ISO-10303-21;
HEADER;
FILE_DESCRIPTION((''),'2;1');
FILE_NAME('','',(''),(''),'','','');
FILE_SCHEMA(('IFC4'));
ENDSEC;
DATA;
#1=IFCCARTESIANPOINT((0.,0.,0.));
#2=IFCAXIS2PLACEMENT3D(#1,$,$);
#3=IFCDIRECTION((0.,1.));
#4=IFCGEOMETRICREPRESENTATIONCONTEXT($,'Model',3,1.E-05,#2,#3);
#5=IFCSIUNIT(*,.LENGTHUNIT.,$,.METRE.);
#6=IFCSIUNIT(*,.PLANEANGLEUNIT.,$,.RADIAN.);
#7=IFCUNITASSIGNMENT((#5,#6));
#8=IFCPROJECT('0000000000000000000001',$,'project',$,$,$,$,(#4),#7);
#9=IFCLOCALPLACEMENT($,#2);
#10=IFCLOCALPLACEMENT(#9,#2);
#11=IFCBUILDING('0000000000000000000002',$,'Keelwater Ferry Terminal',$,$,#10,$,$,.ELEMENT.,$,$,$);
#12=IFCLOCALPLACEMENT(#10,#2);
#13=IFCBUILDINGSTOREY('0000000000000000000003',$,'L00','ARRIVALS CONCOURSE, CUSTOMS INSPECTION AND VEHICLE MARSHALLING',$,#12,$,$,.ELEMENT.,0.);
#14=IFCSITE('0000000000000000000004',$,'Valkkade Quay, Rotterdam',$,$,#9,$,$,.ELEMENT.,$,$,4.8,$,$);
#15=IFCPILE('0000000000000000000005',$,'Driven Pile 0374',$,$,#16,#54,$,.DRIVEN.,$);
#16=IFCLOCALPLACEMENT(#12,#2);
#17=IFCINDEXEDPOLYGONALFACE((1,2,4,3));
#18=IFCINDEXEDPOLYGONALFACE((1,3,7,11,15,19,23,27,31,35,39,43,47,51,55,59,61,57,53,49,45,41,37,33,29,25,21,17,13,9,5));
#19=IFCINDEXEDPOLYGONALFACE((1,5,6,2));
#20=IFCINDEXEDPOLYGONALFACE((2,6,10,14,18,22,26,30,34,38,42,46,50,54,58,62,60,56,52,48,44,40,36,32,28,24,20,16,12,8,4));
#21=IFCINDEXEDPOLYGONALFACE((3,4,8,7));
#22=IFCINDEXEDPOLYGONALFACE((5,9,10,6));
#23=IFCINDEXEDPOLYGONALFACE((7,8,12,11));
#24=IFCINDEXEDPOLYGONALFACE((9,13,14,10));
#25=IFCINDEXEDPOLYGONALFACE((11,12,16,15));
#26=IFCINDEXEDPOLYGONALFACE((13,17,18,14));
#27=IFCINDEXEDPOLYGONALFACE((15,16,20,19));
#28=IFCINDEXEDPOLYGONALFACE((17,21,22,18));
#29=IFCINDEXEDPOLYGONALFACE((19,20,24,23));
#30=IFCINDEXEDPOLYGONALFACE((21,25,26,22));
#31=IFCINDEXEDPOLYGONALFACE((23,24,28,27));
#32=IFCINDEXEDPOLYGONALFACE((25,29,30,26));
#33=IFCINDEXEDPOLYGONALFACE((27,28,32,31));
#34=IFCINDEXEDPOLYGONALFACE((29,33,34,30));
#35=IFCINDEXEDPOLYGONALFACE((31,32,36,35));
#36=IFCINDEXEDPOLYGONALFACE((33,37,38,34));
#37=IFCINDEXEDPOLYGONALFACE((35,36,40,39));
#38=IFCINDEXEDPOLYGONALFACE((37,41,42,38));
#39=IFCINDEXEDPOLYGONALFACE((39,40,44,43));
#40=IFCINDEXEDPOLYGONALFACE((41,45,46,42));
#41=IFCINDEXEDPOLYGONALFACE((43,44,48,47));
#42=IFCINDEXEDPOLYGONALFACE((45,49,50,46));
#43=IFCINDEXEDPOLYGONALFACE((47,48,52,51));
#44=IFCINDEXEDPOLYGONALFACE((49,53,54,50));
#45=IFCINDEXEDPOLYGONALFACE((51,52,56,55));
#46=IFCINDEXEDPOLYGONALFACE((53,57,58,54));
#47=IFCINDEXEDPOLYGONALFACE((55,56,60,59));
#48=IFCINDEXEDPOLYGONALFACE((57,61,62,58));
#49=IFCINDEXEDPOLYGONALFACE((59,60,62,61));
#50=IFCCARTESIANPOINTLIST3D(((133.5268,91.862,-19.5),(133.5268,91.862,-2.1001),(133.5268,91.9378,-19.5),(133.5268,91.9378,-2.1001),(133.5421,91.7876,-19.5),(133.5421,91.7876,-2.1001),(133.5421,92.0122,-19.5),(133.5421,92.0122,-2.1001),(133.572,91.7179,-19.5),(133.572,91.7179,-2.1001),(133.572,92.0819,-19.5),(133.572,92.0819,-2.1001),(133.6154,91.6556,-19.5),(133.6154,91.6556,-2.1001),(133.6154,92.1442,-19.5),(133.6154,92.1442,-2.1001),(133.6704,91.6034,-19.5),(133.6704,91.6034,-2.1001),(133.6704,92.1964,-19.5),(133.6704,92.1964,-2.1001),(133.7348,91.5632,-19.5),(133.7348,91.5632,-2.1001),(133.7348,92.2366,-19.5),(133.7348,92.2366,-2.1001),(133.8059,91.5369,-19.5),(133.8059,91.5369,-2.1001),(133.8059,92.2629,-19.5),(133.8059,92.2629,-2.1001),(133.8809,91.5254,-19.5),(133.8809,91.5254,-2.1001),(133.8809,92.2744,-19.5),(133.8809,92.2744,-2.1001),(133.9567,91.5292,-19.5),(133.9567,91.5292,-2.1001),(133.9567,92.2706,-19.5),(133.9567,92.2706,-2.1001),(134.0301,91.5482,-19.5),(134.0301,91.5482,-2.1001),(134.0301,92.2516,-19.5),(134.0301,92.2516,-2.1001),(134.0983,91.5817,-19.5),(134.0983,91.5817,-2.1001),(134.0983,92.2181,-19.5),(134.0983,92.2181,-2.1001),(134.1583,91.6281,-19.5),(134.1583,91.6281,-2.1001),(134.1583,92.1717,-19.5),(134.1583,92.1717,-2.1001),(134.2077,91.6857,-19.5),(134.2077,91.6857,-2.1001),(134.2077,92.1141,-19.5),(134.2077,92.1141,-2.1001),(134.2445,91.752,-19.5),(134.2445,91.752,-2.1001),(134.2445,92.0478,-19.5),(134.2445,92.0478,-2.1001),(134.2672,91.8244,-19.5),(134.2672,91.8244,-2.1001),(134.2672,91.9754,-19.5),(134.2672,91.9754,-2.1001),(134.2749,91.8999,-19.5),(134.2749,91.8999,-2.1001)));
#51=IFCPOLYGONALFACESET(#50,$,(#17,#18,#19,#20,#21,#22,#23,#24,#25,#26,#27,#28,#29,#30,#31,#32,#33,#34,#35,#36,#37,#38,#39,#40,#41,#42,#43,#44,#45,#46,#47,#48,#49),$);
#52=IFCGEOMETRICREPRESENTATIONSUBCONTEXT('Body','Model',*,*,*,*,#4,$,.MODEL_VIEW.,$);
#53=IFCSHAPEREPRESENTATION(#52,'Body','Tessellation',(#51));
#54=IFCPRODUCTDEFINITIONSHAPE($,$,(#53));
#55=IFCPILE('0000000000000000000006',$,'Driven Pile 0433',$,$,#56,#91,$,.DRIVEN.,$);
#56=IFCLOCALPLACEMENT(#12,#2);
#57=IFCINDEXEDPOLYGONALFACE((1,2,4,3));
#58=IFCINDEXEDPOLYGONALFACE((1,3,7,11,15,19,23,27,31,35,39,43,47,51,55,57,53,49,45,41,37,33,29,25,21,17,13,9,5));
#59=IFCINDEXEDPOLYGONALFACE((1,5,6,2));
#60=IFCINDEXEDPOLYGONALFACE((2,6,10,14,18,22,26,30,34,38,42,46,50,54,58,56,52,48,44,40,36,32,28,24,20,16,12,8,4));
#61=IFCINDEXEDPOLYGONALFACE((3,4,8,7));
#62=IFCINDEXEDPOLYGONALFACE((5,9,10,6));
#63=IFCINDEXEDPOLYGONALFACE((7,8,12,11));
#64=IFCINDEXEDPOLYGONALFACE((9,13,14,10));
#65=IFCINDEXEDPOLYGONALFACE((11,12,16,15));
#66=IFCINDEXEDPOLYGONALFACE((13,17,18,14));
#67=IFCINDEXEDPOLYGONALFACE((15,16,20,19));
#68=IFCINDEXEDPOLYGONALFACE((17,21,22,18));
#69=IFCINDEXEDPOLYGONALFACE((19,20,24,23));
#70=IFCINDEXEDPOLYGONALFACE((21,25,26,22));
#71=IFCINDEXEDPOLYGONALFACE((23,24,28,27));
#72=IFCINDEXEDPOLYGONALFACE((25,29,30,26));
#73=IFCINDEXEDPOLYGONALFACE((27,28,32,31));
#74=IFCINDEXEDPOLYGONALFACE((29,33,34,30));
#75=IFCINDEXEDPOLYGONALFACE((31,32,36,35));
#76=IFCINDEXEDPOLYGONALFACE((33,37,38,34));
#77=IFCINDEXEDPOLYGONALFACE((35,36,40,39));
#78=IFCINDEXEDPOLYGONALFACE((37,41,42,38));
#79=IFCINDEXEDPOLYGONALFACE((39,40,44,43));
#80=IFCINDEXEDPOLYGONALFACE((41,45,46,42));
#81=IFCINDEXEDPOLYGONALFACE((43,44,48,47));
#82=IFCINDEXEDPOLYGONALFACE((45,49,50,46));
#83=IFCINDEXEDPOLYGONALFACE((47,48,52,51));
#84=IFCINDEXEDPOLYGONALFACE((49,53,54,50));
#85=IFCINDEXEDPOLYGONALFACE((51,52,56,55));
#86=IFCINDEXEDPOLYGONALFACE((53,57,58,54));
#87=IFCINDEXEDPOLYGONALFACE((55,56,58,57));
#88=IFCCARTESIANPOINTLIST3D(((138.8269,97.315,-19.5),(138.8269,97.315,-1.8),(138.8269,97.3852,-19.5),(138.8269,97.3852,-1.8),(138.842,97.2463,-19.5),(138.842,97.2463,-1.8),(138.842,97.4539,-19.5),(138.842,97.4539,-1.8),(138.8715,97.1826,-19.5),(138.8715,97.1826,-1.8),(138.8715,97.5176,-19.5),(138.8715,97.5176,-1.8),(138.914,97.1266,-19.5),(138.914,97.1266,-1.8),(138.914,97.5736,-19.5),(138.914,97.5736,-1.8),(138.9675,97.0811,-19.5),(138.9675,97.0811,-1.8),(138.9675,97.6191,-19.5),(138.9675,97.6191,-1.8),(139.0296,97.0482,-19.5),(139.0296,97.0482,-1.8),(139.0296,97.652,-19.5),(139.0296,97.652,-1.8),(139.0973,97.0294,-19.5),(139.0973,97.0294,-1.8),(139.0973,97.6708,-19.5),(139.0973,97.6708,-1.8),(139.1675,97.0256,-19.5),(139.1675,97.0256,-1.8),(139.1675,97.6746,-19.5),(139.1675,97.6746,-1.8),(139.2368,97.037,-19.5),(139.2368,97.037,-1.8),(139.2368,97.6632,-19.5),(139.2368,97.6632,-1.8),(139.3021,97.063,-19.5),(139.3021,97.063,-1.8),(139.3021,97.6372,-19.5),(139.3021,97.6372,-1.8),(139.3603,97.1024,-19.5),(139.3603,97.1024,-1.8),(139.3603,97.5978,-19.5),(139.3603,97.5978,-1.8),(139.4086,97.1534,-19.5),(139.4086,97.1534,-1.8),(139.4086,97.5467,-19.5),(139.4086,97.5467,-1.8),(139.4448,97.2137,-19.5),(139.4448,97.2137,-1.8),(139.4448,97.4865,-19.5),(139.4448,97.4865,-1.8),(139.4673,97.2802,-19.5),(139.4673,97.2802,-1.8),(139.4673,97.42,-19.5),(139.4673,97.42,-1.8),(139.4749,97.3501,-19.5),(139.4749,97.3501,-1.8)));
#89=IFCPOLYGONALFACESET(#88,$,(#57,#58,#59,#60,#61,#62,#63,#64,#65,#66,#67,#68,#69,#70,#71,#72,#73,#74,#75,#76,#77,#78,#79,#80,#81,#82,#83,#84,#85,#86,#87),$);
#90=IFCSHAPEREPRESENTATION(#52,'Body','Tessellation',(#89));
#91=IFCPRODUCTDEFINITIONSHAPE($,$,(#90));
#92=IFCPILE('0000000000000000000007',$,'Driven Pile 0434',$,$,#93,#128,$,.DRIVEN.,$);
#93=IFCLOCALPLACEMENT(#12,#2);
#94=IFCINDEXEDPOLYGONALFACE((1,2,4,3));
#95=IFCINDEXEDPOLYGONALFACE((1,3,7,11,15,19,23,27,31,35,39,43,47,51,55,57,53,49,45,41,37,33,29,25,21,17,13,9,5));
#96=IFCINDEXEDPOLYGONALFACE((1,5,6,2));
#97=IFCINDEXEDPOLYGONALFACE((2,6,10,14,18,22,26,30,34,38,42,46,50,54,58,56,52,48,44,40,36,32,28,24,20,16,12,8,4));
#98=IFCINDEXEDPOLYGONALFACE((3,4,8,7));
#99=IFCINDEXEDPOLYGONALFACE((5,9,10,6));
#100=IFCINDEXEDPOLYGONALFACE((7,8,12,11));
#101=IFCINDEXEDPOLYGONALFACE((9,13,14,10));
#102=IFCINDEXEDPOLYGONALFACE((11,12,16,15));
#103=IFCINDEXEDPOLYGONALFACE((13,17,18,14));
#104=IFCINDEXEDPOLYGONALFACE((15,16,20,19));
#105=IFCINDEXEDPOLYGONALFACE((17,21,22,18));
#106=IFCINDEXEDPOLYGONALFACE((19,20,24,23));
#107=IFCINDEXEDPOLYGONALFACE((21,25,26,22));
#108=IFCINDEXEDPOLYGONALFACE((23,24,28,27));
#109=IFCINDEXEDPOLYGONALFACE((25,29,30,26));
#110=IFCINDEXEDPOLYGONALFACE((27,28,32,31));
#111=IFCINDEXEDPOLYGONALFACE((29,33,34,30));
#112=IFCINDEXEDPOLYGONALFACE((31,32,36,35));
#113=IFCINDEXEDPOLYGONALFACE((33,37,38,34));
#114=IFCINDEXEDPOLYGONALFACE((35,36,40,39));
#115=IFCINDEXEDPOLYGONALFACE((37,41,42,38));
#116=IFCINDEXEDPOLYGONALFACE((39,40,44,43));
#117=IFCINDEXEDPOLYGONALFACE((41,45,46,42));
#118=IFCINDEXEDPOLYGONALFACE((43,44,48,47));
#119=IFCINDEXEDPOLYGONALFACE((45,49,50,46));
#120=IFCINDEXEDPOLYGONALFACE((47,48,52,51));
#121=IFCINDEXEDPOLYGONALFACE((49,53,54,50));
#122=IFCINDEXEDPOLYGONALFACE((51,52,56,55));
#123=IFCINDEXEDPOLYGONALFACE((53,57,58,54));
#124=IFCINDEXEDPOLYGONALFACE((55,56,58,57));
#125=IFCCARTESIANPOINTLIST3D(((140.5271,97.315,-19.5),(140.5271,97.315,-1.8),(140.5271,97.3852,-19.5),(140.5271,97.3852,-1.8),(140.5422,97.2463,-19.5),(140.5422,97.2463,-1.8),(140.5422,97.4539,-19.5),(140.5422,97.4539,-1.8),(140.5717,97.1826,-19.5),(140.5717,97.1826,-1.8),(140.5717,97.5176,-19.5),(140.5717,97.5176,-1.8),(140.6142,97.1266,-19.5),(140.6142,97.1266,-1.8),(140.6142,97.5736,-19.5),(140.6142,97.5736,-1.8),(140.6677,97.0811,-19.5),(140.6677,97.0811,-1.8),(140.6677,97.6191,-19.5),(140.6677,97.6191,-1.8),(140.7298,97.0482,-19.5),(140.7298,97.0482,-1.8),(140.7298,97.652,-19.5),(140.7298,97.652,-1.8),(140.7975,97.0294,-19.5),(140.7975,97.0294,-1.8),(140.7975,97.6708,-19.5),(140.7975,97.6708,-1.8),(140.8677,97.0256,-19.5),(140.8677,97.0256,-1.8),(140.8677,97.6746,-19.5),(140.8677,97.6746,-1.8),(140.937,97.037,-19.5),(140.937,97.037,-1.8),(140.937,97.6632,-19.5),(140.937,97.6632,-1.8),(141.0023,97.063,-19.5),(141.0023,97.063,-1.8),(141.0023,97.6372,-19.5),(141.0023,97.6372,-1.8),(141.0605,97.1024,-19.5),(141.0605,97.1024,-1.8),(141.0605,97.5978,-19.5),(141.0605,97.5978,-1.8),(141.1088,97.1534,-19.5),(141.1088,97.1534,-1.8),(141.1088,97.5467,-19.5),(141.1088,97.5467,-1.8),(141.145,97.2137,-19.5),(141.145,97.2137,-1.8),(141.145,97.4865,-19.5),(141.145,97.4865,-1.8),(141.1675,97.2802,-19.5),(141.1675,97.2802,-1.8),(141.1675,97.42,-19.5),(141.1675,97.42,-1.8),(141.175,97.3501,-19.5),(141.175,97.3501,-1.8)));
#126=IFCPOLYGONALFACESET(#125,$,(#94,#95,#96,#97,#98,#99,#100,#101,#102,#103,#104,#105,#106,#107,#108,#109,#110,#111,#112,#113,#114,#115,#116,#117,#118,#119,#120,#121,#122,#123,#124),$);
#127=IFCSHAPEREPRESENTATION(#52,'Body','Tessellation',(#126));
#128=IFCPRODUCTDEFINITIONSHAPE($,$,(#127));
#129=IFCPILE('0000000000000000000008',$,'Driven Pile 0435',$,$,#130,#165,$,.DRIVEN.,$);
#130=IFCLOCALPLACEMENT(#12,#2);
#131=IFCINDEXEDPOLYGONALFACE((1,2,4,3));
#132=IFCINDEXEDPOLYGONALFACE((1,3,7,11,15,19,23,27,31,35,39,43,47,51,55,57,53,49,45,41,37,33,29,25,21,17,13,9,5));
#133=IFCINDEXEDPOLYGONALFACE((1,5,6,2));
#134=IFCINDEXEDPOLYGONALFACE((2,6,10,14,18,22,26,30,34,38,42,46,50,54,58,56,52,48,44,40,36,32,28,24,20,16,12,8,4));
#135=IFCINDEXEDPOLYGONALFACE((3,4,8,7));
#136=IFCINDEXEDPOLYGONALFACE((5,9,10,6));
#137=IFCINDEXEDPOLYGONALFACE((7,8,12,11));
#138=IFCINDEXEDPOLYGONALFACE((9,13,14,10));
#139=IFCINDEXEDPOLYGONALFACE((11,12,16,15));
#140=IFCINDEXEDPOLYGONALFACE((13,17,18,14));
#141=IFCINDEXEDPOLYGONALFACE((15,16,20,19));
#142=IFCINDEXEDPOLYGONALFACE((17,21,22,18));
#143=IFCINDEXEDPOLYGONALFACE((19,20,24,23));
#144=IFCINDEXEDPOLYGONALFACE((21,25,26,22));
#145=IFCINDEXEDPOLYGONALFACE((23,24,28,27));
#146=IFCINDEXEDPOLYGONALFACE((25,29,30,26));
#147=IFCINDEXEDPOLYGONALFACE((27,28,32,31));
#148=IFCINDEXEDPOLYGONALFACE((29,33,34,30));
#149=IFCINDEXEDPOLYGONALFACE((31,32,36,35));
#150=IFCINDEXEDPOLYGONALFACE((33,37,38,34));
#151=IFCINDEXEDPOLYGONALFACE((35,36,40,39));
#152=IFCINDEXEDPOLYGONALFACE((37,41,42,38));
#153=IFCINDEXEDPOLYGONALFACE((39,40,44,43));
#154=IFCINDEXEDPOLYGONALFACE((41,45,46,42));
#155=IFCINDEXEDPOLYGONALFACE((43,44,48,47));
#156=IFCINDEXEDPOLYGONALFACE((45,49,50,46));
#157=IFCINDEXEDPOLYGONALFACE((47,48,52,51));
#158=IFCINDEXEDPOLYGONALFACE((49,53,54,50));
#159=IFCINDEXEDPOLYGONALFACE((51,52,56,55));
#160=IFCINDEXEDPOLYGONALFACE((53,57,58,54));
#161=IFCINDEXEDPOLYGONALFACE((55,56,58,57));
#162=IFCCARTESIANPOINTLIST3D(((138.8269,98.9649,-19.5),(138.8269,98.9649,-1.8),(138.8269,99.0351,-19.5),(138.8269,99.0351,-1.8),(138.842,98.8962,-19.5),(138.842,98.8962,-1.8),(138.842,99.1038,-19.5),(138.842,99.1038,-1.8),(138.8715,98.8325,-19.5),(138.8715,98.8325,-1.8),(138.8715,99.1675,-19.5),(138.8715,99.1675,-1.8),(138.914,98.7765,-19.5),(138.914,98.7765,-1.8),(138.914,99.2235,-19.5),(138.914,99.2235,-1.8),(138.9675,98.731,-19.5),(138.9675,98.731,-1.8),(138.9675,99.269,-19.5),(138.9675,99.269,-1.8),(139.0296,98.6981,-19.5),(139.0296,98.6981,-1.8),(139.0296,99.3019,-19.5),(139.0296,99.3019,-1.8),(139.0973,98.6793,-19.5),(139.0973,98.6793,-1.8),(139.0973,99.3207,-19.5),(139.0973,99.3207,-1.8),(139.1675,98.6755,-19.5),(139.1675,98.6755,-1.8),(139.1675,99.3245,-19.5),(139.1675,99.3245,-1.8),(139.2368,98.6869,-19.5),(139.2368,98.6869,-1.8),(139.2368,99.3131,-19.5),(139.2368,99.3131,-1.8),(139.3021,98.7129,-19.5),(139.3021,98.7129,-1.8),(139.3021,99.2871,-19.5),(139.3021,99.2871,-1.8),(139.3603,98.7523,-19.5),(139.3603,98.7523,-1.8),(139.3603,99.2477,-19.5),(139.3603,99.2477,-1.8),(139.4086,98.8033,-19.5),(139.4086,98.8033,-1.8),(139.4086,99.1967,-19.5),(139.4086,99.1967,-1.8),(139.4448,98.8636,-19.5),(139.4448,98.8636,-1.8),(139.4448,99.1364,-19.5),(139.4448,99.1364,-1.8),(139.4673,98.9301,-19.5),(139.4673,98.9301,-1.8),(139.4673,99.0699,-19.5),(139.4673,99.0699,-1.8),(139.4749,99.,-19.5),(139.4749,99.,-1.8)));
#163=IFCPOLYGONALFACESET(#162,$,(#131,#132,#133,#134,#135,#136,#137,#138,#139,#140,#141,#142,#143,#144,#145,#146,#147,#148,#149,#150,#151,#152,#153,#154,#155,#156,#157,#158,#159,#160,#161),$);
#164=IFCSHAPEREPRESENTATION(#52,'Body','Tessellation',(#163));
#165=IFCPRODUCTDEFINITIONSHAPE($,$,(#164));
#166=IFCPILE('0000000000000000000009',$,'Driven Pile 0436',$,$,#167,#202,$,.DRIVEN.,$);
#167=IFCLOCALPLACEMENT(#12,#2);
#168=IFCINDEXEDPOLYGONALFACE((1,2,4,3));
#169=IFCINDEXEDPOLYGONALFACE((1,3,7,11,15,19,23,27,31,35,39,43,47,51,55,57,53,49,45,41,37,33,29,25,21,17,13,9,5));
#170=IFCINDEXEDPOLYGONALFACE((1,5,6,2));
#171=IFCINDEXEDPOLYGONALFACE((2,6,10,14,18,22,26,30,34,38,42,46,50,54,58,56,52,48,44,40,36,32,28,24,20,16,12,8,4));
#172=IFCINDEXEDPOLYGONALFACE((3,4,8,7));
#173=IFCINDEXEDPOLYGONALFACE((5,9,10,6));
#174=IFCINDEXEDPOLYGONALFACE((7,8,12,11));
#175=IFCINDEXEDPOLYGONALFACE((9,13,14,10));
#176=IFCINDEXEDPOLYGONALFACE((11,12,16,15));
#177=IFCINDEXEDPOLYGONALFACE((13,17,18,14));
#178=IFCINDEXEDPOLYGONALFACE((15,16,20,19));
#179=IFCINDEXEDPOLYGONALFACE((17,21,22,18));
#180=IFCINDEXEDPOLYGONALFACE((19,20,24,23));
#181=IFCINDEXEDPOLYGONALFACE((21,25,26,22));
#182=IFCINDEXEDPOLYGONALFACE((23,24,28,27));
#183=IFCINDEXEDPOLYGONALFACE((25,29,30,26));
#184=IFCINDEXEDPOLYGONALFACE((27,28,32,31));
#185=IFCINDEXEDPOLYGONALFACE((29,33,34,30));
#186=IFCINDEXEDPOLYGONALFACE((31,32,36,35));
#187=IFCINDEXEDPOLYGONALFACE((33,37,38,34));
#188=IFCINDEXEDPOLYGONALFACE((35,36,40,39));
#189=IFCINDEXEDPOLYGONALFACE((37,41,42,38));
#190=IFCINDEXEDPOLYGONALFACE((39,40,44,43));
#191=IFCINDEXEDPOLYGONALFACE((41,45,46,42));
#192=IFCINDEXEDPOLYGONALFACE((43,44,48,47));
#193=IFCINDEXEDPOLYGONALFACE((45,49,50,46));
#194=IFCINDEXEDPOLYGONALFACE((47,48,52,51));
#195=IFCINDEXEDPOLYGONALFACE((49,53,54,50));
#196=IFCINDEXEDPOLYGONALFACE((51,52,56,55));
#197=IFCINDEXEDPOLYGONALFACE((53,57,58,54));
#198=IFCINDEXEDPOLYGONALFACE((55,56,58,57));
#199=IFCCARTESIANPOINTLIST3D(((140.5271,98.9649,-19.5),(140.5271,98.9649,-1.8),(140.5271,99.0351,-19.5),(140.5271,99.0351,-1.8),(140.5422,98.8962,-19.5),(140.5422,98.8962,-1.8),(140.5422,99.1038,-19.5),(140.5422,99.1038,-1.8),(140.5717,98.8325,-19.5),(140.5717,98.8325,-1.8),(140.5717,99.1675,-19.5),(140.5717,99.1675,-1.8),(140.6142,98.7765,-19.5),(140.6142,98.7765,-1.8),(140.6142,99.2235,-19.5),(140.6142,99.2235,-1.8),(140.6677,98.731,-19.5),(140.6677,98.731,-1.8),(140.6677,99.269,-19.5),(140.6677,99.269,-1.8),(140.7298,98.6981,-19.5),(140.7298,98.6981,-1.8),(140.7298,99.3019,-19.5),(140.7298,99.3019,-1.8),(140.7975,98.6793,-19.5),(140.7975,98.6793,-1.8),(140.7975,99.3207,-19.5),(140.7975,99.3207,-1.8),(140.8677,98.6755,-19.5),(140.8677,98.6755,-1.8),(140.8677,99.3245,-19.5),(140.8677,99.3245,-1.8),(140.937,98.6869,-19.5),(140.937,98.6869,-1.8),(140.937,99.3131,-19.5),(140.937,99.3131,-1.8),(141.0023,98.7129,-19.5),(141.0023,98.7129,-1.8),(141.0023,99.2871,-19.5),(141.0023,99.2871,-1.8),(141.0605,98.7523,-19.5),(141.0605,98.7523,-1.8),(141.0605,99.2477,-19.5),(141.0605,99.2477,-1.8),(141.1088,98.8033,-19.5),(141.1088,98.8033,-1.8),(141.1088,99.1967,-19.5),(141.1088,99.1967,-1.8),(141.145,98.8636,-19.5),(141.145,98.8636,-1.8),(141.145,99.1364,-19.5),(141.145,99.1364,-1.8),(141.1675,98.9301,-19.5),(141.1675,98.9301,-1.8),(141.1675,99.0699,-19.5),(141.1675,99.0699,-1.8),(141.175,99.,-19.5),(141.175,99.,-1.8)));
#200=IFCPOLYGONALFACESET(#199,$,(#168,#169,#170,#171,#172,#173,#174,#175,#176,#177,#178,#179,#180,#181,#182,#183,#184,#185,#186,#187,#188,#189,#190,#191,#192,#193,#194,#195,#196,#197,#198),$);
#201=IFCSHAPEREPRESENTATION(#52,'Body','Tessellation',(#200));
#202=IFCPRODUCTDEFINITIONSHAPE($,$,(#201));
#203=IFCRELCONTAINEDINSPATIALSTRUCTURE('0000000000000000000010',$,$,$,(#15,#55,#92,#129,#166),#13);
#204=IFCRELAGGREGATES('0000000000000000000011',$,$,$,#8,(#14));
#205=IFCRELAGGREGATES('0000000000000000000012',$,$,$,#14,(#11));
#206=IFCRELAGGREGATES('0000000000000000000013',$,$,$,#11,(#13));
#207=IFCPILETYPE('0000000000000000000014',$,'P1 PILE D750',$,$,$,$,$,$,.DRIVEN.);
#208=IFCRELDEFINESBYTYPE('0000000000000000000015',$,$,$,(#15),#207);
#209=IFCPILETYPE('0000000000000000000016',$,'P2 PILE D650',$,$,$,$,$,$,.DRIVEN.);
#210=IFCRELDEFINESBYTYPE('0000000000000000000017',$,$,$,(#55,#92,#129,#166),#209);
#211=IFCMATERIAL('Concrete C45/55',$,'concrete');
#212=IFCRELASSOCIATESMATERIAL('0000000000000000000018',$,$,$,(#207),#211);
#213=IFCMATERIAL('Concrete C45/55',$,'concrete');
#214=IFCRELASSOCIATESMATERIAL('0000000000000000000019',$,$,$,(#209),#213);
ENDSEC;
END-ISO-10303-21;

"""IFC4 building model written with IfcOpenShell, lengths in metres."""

from ifc_helpers import new_model, si_unit, direction, frame, origin, origin_2d, place, context, subcontext, project, spatial, circle, extrude, material, material_profile, profile_set, type_object, element, save


model = new_model("IFC4")

# Units and contexts
model_context = context("Model", 3, precision=1e-05, world=origin(), true_north=direction((0.0, 1.0)))
body_context = subcontext(model_context, "Body", "Model", "MODEL_VIEW")
ifc_project = project(units=[si_unit("LENGTHUNIT", "METRE"), si_unit("PLANEANGLEUNIT", "RADIAN")], contexts=[model_context])

# Site, building, storey
site_placement = place(None, origin())
site = spatial("IfcSite", under=ifc_project, at=site_placement, Name="Valkkade Quay, Rotterdam", CompositionType="ELEMENT", RefElevation=4.8)
building_placement = place(site_placement, origin())
building = spatial("IfcBuilding", under=site, at=building_placement, Name="Keelwater Ferry Terminal", CompositionType="ELEMENT")
storey_placement = place(building_placement, origin())
storey = spatial("IfcBuildingStorey", under=building, at=storey_placement, Name="L00", Description="ARRIVALS CONCOURSE, CUSTOMS INSPECTION AND VEHICLE MARSHALLING", CompositionType="ELEMENT", Elevation=0.0)

# Piles
ifc_material_1 = material(Name="Concrete C45/55", Category="concrete")
ifc_material_profile_1 = material_profile(ifc_material_1, circle(Radius=0.375, at=origin_2d()), Name="PILE D750")
ifc_profile_set_1 = profile_set([ifc_material_profile_1], Name="Concrete C45/55")
pile_type_1 = type_object("IfcPileType", Name="P1 PILE D750", PredefinedType="DRIVEN", material=ifc_profile_set_1)
pile_placement = place(storey_placement, frame((133.8999, 91.8999, -2.1001), z_axis=(0.0, 0.0, -1.0), x_axis=(1.0, 0.0, 0.0)))
element("IfcPile", 1, at=pile_placement, inside=storey, type_object=pile_type_1, Name="Driven Pile 0374", PredefinedType="DRIVEN", context=body_context, shape_type="SweptSolid", body=[
    extrude(circle(Radius=0.375, at=origin_2d()), origin(), (0.0, 0.0, 1.0), 17.3999),
])
ifc_material_2 = material(Name="Concrete C45/55", Category="concrete")
ifc_material_profile_2 = material_profile(ifc_material_2, circle(Radius=0.325, at=origin_2d()), Name="PILE D650")
ifc_profile_set_2 = profile_set([ifc_material_profile_2], Name="Concrete C45/55")
pile_type_2 = type_object("IfcPileType", Name="P2 PILE D650", PredefinedType="DRIVEN", material=ifc_profile_set_2)
for number, where, z_axis, x_axis, name in (
    (2, (139.1499, 97.3501, -1.8), (0.0, 0.0, -1.0), (1.0, 0.0, 0.0), "Driven Pile 0433"),
    (3, (140.8501, 97.3501, -1.8), (0.0, 0.0, -1.0), (1.0, 0.0, 0.0), "Driven Pile 0434"),
    (4, (139.1499, 99.0, -1.8), (0.0, 0.0, -1.0), (1.0, 0.0, 0.0), "Driven Pile 0435"),
    (5, (140.8501, 99.0, -1.8), (0.0, 0.0, -1.0), (1.0, 0.0, 0.0), "Driven Pile 0436"),
):
    element("IfcPile", number, at=place(storey_placement, frame(where, z_axis=z_axis, x_axis=x_axis)), inside=storey, type_object=pile_type_2, Name=name, PredefinedType="DRIVEN", context=body_context, shape_type="SweptSolid", body=[
        extrude(circle(Radius=0.325, at=origin_2d()), origin(), (0.0, 0.0, 1.0), 17.7),
    ])

save(model, "model.ifc")
